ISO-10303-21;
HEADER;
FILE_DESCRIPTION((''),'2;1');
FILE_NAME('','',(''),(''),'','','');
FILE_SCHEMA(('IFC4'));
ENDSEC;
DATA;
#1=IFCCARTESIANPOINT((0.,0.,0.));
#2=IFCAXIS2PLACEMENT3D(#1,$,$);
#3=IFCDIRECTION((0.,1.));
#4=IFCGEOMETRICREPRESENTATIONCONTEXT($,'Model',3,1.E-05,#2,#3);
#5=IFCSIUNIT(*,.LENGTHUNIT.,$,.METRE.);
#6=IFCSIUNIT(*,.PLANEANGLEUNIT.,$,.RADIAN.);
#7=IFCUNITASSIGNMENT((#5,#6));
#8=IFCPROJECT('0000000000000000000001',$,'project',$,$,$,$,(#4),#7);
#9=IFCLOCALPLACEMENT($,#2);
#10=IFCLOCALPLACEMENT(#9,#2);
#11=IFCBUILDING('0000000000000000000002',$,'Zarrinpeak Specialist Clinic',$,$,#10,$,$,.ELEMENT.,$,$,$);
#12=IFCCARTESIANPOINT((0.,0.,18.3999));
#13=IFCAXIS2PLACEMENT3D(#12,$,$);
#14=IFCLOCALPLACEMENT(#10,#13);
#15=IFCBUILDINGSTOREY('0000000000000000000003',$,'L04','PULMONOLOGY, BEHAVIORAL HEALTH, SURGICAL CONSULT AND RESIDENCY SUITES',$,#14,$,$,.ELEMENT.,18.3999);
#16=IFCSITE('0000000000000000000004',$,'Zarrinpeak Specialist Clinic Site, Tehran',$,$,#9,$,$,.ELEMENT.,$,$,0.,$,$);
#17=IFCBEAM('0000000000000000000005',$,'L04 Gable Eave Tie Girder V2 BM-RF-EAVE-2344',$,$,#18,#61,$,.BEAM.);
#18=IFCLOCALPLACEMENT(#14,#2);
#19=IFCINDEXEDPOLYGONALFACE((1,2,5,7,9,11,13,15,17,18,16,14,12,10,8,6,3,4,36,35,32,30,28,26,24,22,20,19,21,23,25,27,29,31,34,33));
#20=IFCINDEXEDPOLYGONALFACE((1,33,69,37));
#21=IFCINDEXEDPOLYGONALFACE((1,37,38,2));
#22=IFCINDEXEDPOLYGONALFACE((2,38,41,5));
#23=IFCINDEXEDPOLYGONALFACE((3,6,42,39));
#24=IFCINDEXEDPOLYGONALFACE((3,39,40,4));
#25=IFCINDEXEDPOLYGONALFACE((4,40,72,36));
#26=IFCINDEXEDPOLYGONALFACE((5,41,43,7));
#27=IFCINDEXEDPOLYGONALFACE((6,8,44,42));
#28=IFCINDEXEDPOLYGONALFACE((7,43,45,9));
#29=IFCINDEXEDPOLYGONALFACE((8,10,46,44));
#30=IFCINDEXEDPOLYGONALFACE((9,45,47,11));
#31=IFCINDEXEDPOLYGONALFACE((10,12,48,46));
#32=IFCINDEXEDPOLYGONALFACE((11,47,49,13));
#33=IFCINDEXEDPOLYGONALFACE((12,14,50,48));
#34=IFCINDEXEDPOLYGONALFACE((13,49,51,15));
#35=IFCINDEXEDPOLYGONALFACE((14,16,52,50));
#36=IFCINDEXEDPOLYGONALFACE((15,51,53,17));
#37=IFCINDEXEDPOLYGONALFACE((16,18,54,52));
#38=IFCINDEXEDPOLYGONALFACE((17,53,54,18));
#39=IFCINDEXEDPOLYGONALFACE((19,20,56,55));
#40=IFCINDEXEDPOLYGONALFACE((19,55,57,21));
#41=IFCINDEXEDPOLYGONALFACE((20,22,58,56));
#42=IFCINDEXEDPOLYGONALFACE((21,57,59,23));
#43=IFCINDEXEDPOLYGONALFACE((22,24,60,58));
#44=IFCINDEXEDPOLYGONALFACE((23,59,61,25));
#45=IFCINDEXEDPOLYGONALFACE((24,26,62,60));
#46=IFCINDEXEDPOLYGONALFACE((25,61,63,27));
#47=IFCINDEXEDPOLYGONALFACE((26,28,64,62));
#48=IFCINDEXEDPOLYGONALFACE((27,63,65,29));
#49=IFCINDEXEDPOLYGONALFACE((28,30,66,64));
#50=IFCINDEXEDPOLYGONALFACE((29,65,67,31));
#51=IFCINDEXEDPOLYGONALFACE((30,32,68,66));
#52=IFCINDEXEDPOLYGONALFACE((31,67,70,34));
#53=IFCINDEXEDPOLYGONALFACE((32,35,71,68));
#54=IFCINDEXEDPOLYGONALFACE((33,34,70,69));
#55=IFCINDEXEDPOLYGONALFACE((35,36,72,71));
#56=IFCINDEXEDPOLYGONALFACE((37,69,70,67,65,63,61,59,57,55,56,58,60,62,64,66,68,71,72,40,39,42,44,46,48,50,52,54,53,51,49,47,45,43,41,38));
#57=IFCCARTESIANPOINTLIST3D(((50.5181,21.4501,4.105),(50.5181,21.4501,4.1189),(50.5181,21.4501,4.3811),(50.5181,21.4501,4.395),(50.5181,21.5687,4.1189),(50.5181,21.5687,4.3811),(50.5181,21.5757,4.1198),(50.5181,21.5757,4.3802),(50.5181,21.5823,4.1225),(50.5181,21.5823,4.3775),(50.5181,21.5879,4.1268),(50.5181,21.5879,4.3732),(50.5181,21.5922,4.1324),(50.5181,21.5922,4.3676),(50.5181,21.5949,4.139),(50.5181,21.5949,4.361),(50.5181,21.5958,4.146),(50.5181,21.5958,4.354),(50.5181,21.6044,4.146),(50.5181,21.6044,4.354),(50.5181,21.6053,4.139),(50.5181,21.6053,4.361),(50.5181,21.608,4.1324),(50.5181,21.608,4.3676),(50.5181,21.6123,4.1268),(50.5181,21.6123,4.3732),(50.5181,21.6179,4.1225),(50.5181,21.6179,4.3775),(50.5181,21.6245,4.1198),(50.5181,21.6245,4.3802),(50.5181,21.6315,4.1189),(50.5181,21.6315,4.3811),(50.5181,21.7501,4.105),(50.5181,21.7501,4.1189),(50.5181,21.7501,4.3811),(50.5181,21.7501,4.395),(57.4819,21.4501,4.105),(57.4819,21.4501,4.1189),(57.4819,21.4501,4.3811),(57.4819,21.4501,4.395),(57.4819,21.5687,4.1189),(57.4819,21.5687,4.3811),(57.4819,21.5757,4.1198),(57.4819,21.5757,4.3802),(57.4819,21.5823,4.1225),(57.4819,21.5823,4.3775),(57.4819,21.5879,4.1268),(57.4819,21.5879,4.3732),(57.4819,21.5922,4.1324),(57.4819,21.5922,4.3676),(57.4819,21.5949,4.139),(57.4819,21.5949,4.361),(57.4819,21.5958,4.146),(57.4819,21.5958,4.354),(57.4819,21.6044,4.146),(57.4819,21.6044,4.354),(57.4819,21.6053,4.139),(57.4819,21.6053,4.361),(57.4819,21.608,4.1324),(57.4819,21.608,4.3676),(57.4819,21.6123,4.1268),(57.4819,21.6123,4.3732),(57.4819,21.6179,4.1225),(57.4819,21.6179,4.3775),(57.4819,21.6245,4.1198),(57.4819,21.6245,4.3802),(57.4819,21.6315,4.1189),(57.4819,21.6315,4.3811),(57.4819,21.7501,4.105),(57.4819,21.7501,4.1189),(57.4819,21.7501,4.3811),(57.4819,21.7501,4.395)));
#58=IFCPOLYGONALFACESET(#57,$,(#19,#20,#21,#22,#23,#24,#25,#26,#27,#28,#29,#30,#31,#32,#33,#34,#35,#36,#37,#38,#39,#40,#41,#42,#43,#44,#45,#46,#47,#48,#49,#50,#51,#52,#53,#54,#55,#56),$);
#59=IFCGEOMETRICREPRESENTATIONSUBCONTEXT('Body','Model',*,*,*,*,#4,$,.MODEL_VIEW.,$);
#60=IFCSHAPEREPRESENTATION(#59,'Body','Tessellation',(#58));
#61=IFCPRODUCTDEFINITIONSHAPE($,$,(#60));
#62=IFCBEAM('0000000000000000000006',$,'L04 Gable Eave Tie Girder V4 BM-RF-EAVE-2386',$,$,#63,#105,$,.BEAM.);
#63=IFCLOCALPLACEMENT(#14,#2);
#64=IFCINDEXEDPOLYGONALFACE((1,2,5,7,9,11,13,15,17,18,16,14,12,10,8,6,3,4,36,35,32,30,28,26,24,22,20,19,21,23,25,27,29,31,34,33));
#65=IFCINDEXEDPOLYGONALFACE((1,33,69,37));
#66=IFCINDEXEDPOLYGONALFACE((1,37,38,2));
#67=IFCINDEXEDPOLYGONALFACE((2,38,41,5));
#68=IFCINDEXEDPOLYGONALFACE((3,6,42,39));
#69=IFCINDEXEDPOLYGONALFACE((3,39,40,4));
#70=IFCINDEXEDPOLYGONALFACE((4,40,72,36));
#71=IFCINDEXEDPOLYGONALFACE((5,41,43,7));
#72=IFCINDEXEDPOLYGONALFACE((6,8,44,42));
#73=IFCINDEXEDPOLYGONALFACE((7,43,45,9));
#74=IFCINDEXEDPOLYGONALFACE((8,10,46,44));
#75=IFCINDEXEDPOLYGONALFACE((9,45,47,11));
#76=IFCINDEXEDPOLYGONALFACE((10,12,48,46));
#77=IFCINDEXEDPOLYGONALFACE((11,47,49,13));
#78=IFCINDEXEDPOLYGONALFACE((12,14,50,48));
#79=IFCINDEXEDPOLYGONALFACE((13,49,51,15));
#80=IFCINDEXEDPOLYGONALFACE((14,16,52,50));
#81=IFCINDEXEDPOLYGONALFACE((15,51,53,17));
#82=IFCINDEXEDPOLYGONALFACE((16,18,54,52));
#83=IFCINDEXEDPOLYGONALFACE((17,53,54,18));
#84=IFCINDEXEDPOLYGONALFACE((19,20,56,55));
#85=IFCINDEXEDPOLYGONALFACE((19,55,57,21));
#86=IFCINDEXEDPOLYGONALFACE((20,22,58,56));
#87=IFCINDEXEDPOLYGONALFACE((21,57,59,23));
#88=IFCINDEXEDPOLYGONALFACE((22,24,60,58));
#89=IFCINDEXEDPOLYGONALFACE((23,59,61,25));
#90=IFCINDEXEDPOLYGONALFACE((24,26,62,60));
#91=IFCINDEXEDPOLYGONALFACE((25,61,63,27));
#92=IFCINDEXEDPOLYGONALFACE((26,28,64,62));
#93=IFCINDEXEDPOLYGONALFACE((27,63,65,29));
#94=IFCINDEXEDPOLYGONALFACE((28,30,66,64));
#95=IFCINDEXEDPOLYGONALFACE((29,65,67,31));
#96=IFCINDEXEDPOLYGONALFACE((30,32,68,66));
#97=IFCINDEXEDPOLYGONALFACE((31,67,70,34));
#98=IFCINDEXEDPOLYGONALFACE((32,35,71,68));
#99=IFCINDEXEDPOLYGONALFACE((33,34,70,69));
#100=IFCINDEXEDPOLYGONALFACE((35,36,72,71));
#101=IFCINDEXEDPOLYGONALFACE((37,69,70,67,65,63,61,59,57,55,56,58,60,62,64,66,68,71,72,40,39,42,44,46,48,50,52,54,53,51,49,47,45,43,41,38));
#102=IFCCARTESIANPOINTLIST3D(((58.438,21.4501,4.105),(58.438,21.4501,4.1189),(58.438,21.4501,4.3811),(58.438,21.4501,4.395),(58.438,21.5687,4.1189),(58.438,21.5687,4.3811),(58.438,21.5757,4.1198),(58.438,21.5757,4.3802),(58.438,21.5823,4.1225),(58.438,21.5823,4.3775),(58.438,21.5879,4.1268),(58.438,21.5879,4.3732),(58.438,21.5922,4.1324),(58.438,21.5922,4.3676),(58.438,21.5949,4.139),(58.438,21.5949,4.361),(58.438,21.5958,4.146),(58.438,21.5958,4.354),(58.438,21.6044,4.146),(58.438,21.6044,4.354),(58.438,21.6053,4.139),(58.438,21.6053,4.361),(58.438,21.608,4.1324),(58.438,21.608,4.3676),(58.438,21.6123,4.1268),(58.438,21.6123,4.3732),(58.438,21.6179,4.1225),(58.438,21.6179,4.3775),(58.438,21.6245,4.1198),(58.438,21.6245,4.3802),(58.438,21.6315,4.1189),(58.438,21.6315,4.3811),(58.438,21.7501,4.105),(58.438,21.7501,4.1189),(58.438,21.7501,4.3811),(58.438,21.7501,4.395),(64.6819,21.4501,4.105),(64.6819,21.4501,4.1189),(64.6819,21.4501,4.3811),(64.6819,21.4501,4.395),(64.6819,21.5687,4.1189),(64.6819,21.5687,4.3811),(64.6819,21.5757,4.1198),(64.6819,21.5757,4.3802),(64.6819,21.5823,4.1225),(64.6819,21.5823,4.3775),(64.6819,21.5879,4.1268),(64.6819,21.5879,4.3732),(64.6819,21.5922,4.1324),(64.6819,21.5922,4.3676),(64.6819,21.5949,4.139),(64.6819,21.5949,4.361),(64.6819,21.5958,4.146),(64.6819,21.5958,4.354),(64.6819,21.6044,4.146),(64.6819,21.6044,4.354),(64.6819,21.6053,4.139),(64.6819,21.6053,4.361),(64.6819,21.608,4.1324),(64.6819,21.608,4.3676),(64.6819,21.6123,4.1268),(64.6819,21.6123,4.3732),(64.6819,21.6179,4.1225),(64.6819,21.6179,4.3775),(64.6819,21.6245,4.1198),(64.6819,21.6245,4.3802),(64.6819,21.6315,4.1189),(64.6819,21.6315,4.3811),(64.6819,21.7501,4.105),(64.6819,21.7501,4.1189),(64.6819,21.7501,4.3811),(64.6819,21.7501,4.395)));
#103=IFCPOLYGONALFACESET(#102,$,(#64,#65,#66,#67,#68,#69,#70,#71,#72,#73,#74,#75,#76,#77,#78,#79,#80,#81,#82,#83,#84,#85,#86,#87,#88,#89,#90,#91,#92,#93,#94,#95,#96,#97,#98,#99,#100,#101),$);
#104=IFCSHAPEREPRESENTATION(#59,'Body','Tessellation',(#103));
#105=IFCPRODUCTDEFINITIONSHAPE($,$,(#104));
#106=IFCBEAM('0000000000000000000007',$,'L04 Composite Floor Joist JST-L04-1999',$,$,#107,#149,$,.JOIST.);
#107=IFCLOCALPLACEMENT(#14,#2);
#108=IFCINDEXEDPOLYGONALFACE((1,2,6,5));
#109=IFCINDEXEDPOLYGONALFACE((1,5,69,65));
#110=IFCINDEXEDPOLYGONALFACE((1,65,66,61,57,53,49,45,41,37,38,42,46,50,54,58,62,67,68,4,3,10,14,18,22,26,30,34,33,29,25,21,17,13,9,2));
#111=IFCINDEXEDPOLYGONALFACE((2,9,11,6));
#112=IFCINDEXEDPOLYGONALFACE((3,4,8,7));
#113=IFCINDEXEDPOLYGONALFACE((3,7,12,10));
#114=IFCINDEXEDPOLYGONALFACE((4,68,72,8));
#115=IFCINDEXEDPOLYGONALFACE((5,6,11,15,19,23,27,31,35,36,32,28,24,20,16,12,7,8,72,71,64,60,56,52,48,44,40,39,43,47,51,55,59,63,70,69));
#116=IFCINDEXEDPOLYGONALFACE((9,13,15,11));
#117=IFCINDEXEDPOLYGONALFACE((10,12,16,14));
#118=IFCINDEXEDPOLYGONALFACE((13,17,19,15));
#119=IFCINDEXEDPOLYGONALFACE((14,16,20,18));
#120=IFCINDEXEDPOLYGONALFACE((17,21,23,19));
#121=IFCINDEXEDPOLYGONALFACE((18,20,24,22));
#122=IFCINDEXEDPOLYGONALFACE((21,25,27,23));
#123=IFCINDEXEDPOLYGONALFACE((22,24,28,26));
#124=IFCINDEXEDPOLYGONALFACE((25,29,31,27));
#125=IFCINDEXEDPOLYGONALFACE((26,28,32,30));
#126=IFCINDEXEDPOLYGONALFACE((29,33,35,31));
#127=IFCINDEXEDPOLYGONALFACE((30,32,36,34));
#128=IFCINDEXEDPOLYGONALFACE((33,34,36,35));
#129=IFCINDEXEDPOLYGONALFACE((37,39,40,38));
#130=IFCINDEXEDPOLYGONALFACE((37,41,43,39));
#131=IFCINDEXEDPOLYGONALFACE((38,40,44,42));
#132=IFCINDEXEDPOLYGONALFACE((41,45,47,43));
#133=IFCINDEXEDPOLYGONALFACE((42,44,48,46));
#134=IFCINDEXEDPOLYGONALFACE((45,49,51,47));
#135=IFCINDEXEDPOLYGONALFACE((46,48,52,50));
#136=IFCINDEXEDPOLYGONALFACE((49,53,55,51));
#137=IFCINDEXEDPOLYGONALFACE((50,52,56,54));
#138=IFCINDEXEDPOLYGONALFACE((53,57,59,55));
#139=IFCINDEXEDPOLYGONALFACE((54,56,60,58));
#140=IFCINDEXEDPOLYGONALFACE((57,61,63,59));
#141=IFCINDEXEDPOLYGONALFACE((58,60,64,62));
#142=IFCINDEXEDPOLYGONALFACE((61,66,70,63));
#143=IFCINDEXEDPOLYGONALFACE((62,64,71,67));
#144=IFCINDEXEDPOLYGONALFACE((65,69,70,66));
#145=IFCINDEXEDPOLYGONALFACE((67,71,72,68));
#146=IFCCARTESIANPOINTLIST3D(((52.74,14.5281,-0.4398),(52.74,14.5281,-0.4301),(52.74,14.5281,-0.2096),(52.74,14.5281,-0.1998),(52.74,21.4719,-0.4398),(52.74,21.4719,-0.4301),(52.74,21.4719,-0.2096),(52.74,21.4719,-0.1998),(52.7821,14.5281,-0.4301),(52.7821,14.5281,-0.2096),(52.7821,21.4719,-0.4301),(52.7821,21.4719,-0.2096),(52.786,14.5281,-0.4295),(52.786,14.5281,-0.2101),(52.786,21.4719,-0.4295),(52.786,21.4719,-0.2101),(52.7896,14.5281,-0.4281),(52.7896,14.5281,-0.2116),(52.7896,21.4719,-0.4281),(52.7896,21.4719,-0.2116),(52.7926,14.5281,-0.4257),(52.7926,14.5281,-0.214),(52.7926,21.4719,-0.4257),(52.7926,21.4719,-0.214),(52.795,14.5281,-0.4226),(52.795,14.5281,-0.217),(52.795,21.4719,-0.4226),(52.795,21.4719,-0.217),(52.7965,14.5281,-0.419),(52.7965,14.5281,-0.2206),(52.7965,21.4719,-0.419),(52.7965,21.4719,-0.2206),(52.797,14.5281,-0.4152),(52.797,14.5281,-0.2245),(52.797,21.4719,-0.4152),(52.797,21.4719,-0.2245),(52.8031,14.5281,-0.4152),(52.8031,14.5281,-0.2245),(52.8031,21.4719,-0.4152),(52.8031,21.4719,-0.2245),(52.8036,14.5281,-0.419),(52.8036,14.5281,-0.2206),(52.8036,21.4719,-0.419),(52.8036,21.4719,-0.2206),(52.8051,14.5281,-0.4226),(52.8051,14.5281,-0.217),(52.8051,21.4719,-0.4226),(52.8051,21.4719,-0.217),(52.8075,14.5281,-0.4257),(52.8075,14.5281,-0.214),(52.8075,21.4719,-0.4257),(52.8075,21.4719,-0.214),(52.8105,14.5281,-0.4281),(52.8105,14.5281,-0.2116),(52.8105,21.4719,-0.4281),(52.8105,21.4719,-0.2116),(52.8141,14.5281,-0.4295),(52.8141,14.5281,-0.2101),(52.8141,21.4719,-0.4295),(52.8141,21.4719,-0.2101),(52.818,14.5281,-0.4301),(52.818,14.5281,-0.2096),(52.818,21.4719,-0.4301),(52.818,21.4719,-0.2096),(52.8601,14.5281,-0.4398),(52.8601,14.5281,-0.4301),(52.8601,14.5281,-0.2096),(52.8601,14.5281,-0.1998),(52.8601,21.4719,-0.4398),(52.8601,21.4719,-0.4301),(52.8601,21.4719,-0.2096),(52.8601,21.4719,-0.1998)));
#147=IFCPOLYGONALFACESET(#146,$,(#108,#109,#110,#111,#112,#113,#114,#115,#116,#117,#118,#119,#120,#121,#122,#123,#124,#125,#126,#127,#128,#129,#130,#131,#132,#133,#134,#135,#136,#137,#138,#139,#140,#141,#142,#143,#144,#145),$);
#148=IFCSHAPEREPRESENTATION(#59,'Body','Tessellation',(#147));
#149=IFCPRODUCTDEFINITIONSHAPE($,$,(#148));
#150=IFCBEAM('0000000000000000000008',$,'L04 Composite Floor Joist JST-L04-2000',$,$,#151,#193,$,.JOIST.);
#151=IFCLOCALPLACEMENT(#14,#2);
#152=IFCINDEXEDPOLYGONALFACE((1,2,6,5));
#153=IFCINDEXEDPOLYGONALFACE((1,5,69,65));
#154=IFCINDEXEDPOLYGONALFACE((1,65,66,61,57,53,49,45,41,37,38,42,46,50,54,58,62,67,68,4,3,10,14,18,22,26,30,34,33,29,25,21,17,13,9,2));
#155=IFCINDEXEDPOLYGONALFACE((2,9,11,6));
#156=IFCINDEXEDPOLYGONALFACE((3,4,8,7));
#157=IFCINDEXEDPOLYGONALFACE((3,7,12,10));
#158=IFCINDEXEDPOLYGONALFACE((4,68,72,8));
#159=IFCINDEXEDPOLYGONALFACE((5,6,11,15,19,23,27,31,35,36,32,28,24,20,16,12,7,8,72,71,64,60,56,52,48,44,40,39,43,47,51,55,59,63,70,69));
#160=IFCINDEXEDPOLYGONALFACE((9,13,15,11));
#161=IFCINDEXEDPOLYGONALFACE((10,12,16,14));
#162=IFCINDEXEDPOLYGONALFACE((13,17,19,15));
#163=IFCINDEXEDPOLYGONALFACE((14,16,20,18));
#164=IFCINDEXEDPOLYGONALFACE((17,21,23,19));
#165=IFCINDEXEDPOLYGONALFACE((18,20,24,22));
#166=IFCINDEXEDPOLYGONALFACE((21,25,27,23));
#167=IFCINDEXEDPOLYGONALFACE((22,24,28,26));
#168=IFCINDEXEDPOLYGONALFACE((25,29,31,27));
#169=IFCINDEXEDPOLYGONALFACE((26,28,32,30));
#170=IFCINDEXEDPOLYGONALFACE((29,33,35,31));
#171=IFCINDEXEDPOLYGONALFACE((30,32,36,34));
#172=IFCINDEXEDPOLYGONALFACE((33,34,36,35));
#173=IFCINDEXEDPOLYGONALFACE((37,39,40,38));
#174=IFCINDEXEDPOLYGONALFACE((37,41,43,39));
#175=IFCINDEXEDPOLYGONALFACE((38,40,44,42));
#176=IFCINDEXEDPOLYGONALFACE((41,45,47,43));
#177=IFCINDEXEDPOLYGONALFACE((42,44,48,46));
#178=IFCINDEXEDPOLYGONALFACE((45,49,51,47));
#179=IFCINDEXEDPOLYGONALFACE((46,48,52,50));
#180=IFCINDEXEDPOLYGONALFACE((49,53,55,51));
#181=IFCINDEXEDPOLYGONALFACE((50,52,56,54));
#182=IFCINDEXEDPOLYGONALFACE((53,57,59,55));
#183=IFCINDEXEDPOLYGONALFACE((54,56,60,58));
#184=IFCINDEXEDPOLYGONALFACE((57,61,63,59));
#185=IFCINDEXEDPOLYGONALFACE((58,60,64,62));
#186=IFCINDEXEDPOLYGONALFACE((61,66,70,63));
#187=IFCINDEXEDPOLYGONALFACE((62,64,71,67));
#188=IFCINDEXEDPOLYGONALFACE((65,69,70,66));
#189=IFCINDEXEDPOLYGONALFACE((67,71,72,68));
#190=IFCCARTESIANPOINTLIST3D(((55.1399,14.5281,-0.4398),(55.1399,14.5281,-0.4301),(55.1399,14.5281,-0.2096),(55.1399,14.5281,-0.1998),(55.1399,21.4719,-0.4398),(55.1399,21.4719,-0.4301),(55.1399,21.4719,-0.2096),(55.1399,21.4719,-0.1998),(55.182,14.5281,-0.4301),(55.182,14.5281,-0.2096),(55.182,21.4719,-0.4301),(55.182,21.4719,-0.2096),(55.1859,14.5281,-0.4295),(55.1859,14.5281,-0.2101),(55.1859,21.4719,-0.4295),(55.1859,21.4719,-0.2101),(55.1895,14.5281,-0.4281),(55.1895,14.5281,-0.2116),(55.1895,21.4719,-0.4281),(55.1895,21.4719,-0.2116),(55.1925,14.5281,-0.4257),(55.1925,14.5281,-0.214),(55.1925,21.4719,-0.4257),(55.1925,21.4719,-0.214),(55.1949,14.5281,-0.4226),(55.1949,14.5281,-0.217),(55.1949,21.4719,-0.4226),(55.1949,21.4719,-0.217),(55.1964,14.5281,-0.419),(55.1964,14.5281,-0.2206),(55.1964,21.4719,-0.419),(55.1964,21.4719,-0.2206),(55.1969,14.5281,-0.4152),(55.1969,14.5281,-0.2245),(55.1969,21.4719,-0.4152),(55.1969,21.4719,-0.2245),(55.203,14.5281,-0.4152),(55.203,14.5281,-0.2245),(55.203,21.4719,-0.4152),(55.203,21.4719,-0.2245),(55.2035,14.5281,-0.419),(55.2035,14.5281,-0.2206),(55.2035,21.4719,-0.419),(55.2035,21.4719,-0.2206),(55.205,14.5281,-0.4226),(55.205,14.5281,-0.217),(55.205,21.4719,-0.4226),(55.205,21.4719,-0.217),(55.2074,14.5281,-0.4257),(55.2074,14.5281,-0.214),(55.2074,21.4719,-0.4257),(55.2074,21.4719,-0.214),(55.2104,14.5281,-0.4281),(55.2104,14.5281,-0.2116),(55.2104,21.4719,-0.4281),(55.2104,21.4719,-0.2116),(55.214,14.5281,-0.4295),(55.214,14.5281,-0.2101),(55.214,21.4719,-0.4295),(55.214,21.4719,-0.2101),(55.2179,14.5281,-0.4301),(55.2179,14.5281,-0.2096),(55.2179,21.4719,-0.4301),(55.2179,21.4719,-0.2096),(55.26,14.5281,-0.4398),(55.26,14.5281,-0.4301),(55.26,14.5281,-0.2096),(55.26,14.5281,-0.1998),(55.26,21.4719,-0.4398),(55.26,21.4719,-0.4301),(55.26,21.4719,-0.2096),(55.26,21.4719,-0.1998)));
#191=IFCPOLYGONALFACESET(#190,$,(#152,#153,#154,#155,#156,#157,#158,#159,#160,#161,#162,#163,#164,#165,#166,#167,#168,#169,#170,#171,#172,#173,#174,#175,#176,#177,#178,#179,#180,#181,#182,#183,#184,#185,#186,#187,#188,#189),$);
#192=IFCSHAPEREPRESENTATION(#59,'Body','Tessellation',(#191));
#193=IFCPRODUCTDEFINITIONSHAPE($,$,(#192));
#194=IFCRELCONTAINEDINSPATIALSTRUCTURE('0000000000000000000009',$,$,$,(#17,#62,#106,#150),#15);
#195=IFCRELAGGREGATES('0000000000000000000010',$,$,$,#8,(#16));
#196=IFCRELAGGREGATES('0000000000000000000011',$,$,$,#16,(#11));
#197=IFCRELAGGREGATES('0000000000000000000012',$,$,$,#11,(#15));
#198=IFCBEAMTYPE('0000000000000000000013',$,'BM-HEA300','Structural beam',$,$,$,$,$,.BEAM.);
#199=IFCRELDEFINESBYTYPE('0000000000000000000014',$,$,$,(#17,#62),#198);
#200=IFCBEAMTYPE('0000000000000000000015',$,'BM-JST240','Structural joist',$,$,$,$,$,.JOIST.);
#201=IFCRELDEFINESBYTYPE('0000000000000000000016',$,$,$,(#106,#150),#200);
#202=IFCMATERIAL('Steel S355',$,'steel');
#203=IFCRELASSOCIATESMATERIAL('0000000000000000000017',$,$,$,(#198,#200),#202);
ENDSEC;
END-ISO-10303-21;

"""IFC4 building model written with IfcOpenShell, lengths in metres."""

from ifc_helpers import new_model, si_unit, direction, frame, origin, origin_2d, place, context, subcontext, project, spatial, i_section, extrude, material, material_profile, profile_set, type_object, element, save


model = new_model("IFC4")

# Units and contexts
model_context = context("Model", 3, precision=1e-05, world=origin(), true_north=direction((0.0, 1.0)))
body_context = subcontext(model_context, "Body", "Model", "MODEL_VIEW")
ifc_project = project(units=[si_unit("LENGTHUNIT", "METRE"), si_unit("PLANEANGLEUNIT", "RADIAN")], contexts=[model_context])

# Site, building, storey
site_placement = place(None, origin())
site = spatial("IfcSite", under=ifc_project, at=site_placement, Name="Zarrinpeak Specialist Clinic Site, Tehran", CompositionType="ELEMENT", RefElevation=0.0)
building_placement = place(site_placement, origin())
building = spatial("IfcBuilding", under=site, at=building_placement, Name="Zarrinpeak Specialist Clinic", CompositionType="ELEMENT")
storey_placement = place(building_placement, frame((0.0, 0.0, 18.3999)))
storey = spatial("IfcBuildingStorey", under=building, at=storey_placement, Name="L04", Description="PULMONOLOGY, BEHAVIORAL HEALTH, SURGICAL CONSULT AND RESIDENCY SUITES", CompositionType="ELEMENT", Elevation=18.3999)

# Shared definitions
ifc_material_1 = material(Name="Steel S355", Category="steel")

# Beams
ifc_material_profile_1 = material_profile(ifc_material_1, i_section(OverallWidth=0.3, OverallDepth=0.29, WebThickness=0.0085, FlangeThickness=0.0139, FilletRadius=0.0271, at=origin_2d()), Name="HEA 300")
ifc_profile_set_1 = profile_set([ifc_material_profile_1], Name="Steel S355")
beam_type_1 = type_object("IfcBeamType", Name="BM-HEA300", Description="Structural beam", PredefinedType="BEAM", material=ifc_profile_set_1)
beam_1_placement = place(storey_placement, frame((50.5181, 21.6001, 4.25), z_axis=(1.0, 0.0, 0.0), x_axis=(0.0, 1.0, 0.0)))
element("IfcBeam", 1, at=beam_1_placement, inside=storey, type_object=beam_type_1, Name="L04 Gable Eave Tie Girder V2 BM-RF-EAVE-2344", PredefinedType="BEAM", context=body_context, shape_type="SweptSolid", body=[
    extrude(i_section(OverallWidth=0.3, OverallDepth=0.29, WebThickness=0.0085, FlangeThickness=0.0139, FilletRadius=0.0271, at=origin_2d()), origin(), (0.0, 0.0, 1.0), 6.9639),
])
beam_2_placement = place(storey_placement, frame((58.438, 21.6001, 4.25), z_axis=(1.0, 0.0, 0.0), x_axis=(0.0, 1.0, 0.0)))
element("IfcBeam", 2, at=beam_2_placement, inside=storey, type_object=beam_type_1, Name="L04 Gable Eave Tie Girder V4 BM-RF-EAVE-2386", PredefinedType="BEAM", context=body_context, shape_type="SweptSolid", body=[
    extrude(i_section(OverallWidth=0.3, OverallDepth=0.29, WebThickness=0.0085, FlangeThickness=0.0139, FilletRadius=0.0271, at=origin_2d()), origin(), (0.0, 0.0, 1.0), 6.2439),
])
ifc_material_profile_2 = material_profile(ifc_material_1, i_section(OverallWidth=0.1201, OverallDepth=0.24, WebThickness=0.0061, FlangeThickness=0.0098, FilletRadius=0.0149, at=origin_2d()), Name="IPE 240")
ifc_profile_set_2 = profile_set([ifc_material_profile_2], Name="Steel S355")
beam_type_2 = type_object("IfcBeamType", Name="BM-JST240", Description="Structural joist", PredefinedType="JOIST", material=ifc_profile_set_2)
for number, where, z_axis, x_axis, name in (
    (3, (52.8, 14.5281, -0.3198), (0.0, 1.0, 0.0), (-1.0, 0.0, 0.0), "L04 Composite Floor Joist JST-L04-1999"),
    (4, (55.2, 14.5281, -0.3198), (0.0, 1.0, 0.0), (-1.0, 0.0, 0.0), "L04 Composite Floor Joist JST-L04-2000"),
):
    element("IfcBeam", number, at=place(storey_placement, frame(where, z_axis=z_axis, x_axis=x_axis)), inside=storey, type_object=beam_type_2, Name=name, PredefinedType="JOIST", context=body_context, shape_type="SweptSolid", body=[
        extrude(i_section(OverallWidth=0.1201, OverallDepth=0.24, WebThickness=0.0061, FlangeThickness=0.0098, FilletRadius=0.0149, at=origin_2d()), origin(), (0.0, 0.0, 1.0), 6.9438),
    ])

save(model, "model.ifc")
